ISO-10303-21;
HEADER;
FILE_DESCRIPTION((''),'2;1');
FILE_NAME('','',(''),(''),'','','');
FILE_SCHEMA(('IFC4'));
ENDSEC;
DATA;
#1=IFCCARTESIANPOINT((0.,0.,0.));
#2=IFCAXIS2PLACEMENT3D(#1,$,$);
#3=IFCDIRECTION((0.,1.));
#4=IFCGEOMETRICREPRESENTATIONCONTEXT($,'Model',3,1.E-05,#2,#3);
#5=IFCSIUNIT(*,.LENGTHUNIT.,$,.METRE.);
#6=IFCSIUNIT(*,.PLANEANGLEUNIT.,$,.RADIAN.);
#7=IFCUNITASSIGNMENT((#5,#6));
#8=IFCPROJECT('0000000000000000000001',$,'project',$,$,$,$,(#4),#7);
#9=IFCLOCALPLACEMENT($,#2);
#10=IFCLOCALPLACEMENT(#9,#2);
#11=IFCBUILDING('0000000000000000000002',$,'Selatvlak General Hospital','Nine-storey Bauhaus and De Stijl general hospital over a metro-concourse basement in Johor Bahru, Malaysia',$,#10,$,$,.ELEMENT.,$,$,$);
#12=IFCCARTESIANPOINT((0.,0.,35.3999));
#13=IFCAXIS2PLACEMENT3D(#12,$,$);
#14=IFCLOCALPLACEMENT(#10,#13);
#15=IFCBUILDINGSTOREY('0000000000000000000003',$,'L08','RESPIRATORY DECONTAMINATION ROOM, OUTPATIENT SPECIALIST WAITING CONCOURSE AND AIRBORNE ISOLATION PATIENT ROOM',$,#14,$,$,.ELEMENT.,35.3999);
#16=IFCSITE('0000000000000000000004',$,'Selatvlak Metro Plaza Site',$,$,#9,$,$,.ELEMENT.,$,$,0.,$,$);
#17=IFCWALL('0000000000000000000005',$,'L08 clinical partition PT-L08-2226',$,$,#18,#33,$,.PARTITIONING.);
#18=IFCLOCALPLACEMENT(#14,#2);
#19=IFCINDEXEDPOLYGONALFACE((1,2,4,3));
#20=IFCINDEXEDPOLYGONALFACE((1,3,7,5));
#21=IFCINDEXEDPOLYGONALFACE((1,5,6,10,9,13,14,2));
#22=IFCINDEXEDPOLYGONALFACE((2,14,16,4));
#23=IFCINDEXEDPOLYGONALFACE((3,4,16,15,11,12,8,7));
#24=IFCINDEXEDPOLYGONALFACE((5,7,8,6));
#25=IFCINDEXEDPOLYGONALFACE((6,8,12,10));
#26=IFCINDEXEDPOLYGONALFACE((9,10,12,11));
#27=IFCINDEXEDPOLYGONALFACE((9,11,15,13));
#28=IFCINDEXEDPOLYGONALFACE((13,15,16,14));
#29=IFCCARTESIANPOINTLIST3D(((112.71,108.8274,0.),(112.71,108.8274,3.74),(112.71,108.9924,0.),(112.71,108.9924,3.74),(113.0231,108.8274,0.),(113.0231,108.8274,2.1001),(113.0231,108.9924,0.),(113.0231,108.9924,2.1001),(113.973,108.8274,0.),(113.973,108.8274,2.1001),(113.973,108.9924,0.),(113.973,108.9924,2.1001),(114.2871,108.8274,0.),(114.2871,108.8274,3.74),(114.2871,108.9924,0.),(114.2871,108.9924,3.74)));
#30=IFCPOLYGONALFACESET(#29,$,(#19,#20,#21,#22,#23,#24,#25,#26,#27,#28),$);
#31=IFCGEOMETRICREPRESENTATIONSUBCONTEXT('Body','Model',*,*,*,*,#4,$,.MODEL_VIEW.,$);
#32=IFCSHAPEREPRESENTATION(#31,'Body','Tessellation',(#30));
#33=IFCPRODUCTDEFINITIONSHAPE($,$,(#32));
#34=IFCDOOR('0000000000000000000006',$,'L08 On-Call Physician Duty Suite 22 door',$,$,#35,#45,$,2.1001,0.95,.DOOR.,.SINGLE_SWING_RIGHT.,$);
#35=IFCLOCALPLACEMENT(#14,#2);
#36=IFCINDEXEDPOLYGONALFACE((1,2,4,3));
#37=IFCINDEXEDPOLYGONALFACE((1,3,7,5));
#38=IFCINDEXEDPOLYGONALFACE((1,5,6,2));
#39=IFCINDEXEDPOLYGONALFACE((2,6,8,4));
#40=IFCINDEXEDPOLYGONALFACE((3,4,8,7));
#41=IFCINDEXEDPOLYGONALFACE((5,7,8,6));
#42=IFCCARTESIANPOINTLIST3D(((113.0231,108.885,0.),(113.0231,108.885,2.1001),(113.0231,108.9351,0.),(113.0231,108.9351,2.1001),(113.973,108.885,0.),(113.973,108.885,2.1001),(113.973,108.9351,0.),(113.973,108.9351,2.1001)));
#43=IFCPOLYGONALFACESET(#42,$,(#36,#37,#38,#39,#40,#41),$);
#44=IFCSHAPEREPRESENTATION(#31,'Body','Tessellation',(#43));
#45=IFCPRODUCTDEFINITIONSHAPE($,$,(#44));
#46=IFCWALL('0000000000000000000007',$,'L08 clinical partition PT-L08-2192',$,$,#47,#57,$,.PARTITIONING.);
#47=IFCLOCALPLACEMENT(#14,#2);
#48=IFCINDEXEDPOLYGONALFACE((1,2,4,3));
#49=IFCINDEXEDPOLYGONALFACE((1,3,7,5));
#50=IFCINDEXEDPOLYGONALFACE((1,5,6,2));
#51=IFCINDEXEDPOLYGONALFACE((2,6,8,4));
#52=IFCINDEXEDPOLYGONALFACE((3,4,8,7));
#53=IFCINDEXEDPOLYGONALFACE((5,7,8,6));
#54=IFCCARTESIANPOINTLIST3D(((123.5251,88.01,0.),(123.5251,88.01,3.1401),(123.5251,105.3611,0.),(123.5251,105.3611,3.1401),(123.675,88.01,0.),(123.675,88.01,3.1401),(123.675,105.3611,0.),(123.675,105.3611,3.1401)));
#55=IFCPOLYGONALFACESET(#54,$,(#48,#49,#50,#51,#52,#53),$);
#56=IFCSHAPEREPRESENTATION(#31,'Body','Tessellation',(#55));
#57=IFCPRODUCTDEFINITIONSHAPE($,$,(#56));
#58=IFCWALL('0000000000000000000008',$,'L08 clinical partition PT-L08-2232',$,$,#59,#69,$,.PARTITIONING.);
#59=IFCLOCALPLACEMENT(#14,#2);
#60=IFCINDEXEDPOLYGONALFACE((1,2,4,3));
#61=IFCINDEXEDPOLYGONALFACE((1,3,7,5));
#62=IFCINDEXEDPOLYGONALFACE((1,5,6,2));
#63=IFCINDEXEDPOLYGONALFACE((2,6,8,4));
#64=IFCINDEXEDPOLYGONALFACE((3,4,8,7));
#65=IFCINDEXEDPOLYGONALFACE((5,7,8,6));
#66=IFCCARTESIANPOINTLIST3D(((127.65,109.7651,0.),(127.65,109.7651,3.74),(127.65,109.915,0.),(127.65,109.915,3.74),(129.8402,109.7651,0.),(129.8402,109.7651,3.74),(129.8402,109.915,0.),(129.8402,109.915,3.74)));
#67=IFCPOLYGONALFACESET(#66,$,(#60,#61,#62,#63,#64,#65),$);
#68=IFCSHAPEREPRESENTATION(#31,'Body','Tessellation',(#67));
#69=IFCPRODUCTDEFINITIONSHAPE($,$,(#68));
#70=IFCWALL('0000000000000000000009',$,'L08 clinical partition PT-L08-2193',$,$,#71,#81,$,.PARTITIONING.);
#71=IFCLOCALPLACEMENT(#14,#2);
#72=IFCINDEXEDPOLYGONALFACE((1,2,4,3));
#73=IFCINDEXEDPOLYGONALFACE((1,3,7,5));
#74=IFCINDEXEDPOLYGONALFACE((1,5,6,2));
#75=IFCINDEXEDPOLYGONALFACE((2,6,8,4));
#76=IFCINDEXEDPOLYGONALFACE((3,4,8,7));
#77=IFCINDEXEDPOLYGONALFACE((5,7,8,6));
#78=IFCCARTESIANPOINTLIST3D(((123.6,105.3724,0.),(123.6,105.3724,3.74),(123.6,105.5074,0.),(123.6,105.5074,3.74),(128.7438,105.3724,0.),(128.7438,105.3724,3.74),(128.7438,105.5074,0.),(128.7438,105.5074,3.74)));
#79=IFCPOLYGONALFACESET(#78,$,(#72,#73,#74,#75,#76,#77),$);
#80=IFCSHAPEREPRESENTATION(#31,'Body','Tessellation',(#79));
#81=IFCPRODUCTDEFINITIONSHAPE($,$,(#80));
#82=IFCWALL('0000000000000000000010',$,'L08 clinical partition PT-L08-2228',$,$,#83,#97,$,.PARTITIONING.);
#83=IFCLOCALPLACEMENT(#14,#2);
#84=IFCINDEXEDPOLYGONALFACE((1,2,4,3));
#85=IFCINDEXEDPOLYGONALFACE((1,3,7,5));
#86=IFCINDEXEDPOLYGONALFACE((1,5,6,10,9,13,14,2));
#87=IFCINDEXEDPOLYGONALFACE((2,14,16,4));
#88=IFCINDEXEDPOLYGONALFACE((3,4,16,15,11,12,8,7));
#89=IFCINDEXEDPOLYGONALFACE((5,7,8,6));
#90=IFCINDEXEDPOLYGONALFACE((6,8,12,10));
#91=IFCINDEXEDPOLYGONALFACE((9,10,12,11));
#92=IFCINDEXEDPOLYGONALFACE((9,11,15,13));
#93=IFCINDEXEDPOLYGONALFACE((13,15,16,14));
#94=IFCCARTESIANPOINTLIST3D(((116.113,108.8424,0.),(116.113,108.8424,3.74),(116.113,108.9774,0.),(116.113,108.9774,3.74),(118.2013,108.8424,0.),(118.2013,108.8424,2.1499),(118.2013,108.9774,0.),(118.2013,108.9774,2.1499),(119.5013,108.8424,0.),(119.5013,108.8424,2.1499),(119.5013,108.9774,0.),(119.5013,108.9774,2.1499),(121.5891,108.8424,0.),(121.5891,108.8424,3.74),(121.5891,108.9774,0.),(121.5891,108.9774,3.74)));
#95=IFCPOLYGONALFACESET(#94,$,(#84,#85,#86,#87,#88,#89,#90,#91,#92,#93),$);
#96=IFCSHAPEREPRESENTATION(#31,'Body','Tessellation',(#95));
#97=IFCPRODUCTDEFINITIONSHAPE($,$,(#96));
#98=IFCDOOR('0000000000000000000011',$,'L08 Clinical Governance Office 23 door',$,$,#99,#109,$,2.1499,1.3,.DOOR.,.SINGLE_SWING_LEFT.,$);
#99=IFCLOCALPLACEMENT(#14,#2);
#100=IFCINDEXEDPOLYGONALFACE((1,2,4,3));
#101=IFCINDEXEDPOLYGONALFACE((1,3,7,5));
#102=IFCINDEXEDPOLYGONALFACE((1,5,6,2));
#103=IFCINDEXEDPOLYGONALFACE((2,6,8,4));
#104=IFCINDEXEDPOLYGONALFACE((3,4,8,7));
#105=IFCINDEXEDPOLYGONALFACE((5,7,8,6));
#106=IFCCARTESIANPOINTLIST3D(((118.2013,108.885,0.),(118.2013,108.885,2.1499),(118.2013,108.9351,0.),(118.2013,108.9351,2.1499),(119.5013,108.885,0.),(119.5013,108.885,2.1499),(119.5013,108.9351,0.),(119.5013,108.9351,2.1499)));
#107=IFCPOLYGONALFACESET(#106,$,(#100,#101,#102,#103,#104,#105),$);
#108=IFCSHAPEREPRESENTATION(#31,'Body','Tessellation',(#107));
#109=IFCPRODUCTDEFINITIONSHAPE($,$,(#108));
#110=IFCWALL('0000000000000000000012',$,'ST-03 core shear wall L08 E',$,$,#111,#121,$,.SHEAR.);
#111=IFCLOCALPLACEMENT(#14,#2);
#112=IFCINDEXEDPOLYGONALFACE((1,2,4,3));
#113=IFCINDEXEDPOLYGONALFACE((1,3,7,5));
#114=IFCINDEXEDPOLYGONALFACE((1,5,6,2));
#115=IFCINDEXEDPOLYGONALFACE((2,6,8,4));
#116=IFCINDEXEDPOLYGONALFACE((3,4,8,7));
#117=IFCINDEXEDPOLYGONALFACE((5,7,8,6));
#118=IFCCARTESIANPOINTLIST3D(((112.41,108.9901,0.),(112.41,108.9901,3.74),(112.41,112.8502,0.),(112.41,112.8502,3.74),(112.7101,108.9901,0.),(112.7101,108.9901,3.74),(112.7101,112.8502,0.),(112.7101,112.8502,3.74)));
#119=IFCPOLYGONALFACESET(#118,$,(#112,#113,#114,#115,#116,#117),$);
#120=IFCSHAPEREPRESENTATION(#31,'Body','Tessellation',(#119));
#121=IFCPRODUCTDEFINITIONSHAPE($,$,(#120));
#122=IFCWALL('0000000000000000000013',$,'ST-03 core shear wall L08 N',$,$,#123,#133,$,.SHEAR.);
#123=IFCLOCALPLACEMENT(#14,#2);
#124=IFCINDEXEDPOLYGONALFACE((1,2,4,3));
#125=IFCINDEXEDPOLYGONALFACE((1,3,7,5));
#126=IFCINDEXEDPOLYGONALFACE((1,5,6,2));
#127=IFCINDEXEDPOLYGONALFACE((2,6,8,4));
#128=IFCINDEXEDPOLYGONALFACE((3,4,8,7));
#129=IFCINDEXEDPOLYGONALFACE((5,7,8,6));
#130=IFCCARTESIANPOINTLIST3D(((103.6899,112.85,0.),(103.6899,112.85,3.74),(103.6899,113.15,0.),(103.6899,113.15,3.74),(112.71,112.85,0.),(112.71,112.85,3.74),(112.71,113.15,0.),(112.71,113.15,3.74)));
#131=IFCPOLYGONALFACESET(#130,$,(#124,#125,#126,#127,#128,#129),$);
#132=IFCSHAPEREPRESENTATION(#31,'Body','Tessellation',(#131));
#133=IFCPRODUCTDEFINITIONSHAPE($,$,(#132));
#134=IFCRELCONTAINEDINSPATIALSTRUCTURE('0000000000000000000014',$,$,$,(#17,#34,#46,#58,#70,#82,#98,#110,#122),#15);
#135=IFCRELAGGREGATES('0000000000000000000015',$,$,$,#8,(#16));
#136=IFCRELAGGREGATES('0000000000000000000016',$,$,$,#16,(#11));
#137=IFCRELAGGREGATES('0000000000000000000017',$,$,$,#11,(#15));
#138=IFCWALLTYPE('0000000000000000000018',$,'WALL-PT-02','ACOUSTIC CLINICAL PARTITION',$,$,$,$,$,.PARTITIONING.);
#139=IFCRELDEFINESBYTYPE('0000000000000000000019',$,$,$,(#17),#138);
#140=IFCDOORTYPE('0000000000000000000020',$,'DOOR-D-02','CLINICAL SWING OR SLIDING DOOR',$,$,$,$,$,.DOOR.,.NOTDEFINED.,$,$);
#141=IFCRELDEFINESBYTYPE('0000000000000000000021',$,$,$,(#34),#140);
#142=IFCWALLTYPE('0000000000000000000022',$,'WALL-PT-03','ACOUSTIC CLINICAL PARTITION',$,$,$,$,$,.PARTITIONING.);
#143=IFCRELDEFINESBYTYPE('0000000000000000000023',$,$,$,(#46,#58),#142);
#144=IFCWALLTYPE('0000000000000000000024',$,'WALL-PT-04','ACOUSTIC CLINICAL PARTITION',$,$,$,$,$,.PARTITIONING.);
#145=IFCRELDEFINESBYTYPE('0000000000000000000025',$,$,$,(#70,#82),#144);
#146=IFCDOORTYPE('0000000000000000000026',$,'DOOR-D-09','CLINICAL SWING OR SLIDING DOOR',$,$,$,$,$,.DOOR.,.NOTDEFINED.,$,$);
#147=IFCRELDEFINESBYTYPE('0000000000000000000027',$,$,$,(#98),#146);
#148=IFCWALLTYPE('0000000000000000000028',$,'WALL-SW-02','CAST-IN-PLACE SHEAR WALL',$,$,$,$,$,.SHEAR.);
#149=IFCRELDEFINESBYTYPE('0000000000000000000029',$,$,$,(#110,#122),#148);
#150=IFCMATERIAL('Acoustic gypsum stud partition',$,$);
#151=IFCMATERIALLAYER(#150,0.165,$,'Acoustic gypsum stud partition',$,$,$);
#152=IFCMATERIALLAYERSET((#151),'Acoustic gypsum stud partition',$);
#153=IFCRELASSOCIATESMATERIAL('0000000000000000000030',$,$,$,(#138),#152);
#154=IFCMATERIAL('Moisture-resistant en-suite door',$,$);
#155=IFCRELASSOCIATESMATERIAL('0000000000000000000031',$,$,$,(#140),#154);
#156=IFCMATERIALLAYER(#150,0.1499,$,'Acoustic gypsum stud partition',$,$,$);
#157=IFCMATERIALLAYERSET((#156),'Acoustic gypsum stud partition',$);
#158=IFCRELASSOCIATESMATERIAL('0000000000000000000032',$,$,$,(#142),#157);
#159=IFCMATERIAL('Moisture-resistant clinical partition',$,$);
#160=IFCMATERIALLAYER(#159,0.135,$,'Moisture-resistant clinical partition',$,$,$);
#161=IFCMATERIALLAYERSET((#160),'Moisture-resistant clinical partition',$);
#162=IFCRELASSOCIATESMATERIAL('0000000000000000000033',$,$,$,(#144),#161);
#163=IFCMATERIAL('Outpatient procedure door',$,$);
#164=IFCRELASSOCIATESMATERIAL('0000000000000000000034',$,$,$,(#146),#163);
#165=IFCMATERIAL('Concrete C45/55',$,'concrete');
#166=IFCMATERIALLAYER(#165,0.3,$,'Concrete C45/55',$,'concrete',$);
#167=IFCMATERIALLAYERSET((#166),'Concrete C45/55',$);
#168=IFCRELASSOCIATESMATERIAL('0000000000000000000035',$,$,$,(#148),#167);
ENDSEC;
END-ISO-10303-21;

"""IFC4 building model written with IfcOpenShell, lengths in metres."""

from ifc_helpers import new_model, si_unit, direction, frame, frame_2d, origin, place, context, subcontext, project, spatial, rectangle, extrude, material, layer, layer_set, type_object, element, fill, save


model = new_model("IFC4")

# Units and contexts
model_context = context("Model", 3, precision=1e-05, world=origin(), true_north=direction((0.0, 1.0)))
body_context = subcontext(model_context, "Body", "Model", "MODEL_VIEW")
ifc_project = project(units=[si_unit("LENGTHUNIT", "METRE"), si_unit("PLANEANGLEUNIT", "RADIAN")], contexts=[model_context])

# Site, building, storey
site_placement = place(None, origin())
site = spatial("IfcSite", under=ifc_project, at=site_placement, Name="Selatvlak Metro Plaza Site", CompositionType="ELEMENT", RefElevation=0.0)
building_placement = place(site_placement, origin())
building = spatial("IfcBuilding", under=site, at=building_placement, Name="Selatvlak General Hospital", Description="Nine-storey Bauhaus and De Stijl general hospital over a metro-concourse basement in Johor Bahru, Malaysia", CompositionType="ELEMENT")
storey_placement = place(building_placement, frame((0.0, 0.0, 35.3999)))
storey = spatial("IfcBuildingStorey", under=building, at=storey_placement, Name="L08", Description="RESPIRATORY DECONTAMINATION ROOM, OUTPATIENT SPECIALIST WAITING CONCOURSE AND AIRBORNE ISOLATION PATIENT ROOM", CompositionType="ELEMENT", Elevation=35.3999)

# Shared definitions
ifc_material_1 = material(Name="Acoustic gypsum stud partition")

# Wall, opening, door
ifc_layer_1 = layer(ifc_material_1, 0.165, Name="Acoustic gypsum stud partition")
ifc_layer_set_1 = layer_set([ifc_layer_1], Name="Acoustic gypsum stud partition")
wall_type_1 = type_object("IfcWallType", Name="WALL-PT-02", Description="ACOUSTIC CLINICAL PARTITION", PredefinedType="PARTITIONING", material=ifc_layer_set_1)
wall_1_placement = place(storey_placement, frame((114.2871, 108.9099, 0.0), z_axis=(0.0, 0.0, 1.0), x_axis=(-1.0, 0.0, 0.0)))
wall_1 = element("IfcWall", 1, at=wall_1_placement, inside=storey, type_object=wall_type_1, Name="L08 clinical partition PT-L08-2226", PredefinedType="PARTITIONING", context=body_context, shape_type="SweptSolid", body=[
    extrude(rectangle(XDim=1.5771, YDim=0.165, at=frame_2d((0.7886, 0.0))), origin(), (0.0, 0.0, 1.0), 3.74),
])
opening_1_placement = place(wall_1_placement, frame((0.314, 0.0, 0.0)))
opening_1 = element("IfcOpeningElement", 2, at=opening_1_placement, cuts=wall_1, PredefinedType="OPENING", context=body_context, shape_type="SweptSolid", body=[
    extrude(rectangle(XDim=0.95, YDim=2.1001, at=frame_2d((0.4751, 1.05))), frame((0.0, 0.0925, 0.0), z_axis=(0.0, -1.0, 0.0), x_axis=(1.0, 0.0, 0.0)), (0.0, 0.0, 1.0), 0.1851),
])
ifc_material_2 = material(Name="Moisture-resistant en-suite door")
door_type_1 = type_object("IfcDoorType", Name="DOOR-D-02", Description="CLINICAL SWING OR SLIDING DOOR", OperationType="NOTDEFINED", PredefinedType="DOOR", material=ifc_material_2)
door_1_placement = place(opening_1_placement, origin())
door_1 = element("IfcDoor", 3, at=door_1_placement, inside=storey, type_object=door_type_1, Name="L08 On-Call Physician Duty Suite 22 door", OperationType="SINGLE_SWING_RIGHT", OverallHeight=2.1001, OverallWidth=0.95, PredefinedType="DOOR", context=body_context, shape_type="SweptSolid", body=[
    extrude(rectangle(XDim=0.95, YDim=2.1001, at=frame_2d((0.4751, 1.05))), frame((0.0, 0.0249, 0.0), z_axis=(0.0, -1.0, 0.0), x_axis=(1.0, 0.0, 0.0)), (0.0, 0.0, 1.0), 0.05),
])
fill(opening_1, door_1)

# Walls
ifc_layer_2 = layer(ifc_material_1, 0.1499, Name="Acoustic gypsum stud partition")
ifc_layer_set_2 = layer_set([ifc_layer_2], Name="Acoustic gypsum stud partition")
wall_type_2 = type_object("IfcWallType", Name="WALL-PT-03", Description="ACOUSTIC CLINICAL PARTITION", PredefinedType="PARTITIONING", material=ifc_layer_set_2)
wall_2_placement = place(storey_placement, frame((123.6001, 105.3611, 0.0), z_axis=(0.0, 0.0, 1.0), x_axis=(0.0, -1.0, 0.0)))
element("IfcWall", 4, at=wall_2_placement, inside=storey, type_object=wall_type_2, Name="L08 clinical partition PT-L08-2192", PredefinedType="PARTITIONING", context=body_context, shape_type="SweptSolid", body=[
    extrude(rectangle(XDim=17.3511, YDim=0.1499, at=frame_2d((8.6755, 0.0))), origin(), (0.0, 0.0, 1.0), 3.1401),
])
wall_3_placement = place(storey_placement, frame((127.6499, 109.8401, 0.0), z_axis=(0.0, 0.0, 1.0), x_axis=(1.0, 0.0, 0.0)))
element("IfcWall", 5, at=wall_3_placement, inside=storey, type_object=wall_type_2, Name="L08 clinical partition PT-L08-2232", PredefinedType="PARTITIONING", context=body_context, shape_type="SweptSolid", body=[
    extrude(rectangle(XDim=2.1902, YDim=0.1499, at=frame_2d((1.0952, 0.0))), origin(), (0.0, 0.0, 1.0), 3.74),
])
ifc_material_3 = material(Name="Moisture-resistant clinical partition")
ifc_layer_3 = layer(ifc_material_3, 0.135, Name="Moisture-resistant clinical partition")
ifc_layer_set_3 = layer_set([ifc_layer_3], Name="Moisture-resistant clinical partition")
wall_type_3 = type_object("IfcWallType", Name="WALL-PT-04", Description="ACOUSTIC CLINICAL PARTITION", PredefinedType="PARTITIONING", material=ifc_layer_set_3)
wall_4_placement = place(storey_placement, frame((123.6001, 105.4399, 0.0), z_axis=(0.0, 0.0, 1.0), x_axis=(1.0, 0.0, 0.0)))
element("IfcWall", 6, at=wall_4_placement, inside=storey, type_object=wall_type_3, Name="L08 clinical partition PT-L08-2193", PredefinedType="PARTITIONING", context=body_context, shape_type="SweptSolid", body=[
    extrude(rectangle(XDim=5.1438, YDim=0.135, at=frame_2d((2.5718, 0.0))), origin(), (0.0, 0.0, 1.0), 3.74),
])

# Wall, opening, door
wall_5_placement = place(storey_placement, frame((121.5891, 108.9099, 0.0), z_axis=(0.0, 0.0, 1.0), x_axis=(-1.0, 0.0, 0.0)))
wall_5 = element("IfcWall", 7, at=wall_5_placement, inside=storey, type_object=wall_type_3, Name="L08 clinical partition PT-L08-2228", PredefinedType="PARTITIONING", context=body_context, shape_type="SweptSolid", body=[
    extrude(rectangle(XDim=5.4761, YDim=0.135, at=frame_2d((2.738, 0.0))), origin(), (0.0, 0.0, 1.0), 3.74),
])
opening_2_placement = place(wall_5_placement, frame((2.0879, 0.0, 0.0)))
opening_2 = element("IfcOpeningElement", 8, at=opening_2_placement, cuts=wall_5, PredefinedType="OPENING", context=body_context, shape_type="SweptSolid", body=[
    extrude(rectangle(XDim=1.3, YDim=2.1499, at=frame_2d((0.6499, 1.075))), frame((0.0, 0.0774, 0.0), z_axis=(0.0, -1.0, 0.0), x_axis=(1.0, 0.0, 0.0)), (0.0, 0.0, 1.0), 0.155),
])
ifc_material_4 = material(Name="Outpatient procedure door")
door_type_2 = type_object("IfcDoorType", Name="DOOR-D-09", Description="CLINICAL SWING OR SLIDING DOOR", OperationType="NOTDEFINED", PredefinedType="DOOR", material=ifc_material_4)
door_2_placement = place(opening_2_placement, origin())
door_2 = element("IfcDoor", 9, at=door_2_placement, inside=storey, type_object=door_type_2, Name="L08 Clinical Governance Office 23 door", OperationType="SINGLE_SWING_LEFT", OverallHeight=2.1499, OverallWidth=1.3, PredefinedType="DOOR", context=body_context, shape_type="SweptSolid", body=[
    extrude(rectangle(XDim=1.3, YDim=2.1499, at=frame_2d((0.6499, 1.075))), frame((0.0, 0.0249, 0.0), z_axis=(0.0, -1.0, 0.0), x_axis=(1.0, 0.0, 0.0)), (0.0, 0.0, 1.0), 0.05),
])
fill(opening_2, door_2)

# Walls
ifc_material_5 = material(Name="Concrete C45/55", Category="concrete")
ifc_layer_4 = layer(ifc_material_5, 0.3, Name="Concrete C45/55", Category="concrete")
ifc_layer_set_4 = layer_set([ifc_layer_4], Name="Concrete C45/55")
wall_type_4 = type_object("IfcWallType", Name="WALL-SW-02", Description="CAST-IN-PLACE SHEAR WALL", PredefinedType="SHEAR", material=ifc_layer_set_4)
wall_6_placement = place(storey_placement, frame((112.5601, 108.99, 0.0), z_axis=(0.0, 0.0, 1.0), x_axis=(0.0, 1.0, 0.0)))
element("IfcWall", 10, at=wall_6_placement, inside=storey, type_object=wall_type_4, Name="ST-03 core shear wall L08 E", PredefinedType="SHEAR", context=body_context, shape_type="SweptSolid", body=[
    extrude(rectangle(XDim=3.8601, YDim=0.3, at=frame_2d((1.9302, 0.0))), origin(), (0.0, 0.0, 1.0), 3.74),
])
wall_7_placement = place(storey_placement, frame((112.71, 113.0, 0.0), z_axis=(0.0, 0.0, 1.0), x_axis=(-1.0, 0.0, 0.0)))
element("IfcWall", 11, at=wall_7_placement, inside=storey, type_object=wall_type_4, Name="ST-03 core shear wall L08 N", PredefinedType="SHEAR", context=body_context, shape_type="SweptSolid", body=[
    extrude(rectangle(XDim=9.02, YDim=0.3, at=frame_2d((4.51, 0.0))), origin(), (0.0, 0.0, 1.0), 3.74),
])

save(model, "model.ifc")
